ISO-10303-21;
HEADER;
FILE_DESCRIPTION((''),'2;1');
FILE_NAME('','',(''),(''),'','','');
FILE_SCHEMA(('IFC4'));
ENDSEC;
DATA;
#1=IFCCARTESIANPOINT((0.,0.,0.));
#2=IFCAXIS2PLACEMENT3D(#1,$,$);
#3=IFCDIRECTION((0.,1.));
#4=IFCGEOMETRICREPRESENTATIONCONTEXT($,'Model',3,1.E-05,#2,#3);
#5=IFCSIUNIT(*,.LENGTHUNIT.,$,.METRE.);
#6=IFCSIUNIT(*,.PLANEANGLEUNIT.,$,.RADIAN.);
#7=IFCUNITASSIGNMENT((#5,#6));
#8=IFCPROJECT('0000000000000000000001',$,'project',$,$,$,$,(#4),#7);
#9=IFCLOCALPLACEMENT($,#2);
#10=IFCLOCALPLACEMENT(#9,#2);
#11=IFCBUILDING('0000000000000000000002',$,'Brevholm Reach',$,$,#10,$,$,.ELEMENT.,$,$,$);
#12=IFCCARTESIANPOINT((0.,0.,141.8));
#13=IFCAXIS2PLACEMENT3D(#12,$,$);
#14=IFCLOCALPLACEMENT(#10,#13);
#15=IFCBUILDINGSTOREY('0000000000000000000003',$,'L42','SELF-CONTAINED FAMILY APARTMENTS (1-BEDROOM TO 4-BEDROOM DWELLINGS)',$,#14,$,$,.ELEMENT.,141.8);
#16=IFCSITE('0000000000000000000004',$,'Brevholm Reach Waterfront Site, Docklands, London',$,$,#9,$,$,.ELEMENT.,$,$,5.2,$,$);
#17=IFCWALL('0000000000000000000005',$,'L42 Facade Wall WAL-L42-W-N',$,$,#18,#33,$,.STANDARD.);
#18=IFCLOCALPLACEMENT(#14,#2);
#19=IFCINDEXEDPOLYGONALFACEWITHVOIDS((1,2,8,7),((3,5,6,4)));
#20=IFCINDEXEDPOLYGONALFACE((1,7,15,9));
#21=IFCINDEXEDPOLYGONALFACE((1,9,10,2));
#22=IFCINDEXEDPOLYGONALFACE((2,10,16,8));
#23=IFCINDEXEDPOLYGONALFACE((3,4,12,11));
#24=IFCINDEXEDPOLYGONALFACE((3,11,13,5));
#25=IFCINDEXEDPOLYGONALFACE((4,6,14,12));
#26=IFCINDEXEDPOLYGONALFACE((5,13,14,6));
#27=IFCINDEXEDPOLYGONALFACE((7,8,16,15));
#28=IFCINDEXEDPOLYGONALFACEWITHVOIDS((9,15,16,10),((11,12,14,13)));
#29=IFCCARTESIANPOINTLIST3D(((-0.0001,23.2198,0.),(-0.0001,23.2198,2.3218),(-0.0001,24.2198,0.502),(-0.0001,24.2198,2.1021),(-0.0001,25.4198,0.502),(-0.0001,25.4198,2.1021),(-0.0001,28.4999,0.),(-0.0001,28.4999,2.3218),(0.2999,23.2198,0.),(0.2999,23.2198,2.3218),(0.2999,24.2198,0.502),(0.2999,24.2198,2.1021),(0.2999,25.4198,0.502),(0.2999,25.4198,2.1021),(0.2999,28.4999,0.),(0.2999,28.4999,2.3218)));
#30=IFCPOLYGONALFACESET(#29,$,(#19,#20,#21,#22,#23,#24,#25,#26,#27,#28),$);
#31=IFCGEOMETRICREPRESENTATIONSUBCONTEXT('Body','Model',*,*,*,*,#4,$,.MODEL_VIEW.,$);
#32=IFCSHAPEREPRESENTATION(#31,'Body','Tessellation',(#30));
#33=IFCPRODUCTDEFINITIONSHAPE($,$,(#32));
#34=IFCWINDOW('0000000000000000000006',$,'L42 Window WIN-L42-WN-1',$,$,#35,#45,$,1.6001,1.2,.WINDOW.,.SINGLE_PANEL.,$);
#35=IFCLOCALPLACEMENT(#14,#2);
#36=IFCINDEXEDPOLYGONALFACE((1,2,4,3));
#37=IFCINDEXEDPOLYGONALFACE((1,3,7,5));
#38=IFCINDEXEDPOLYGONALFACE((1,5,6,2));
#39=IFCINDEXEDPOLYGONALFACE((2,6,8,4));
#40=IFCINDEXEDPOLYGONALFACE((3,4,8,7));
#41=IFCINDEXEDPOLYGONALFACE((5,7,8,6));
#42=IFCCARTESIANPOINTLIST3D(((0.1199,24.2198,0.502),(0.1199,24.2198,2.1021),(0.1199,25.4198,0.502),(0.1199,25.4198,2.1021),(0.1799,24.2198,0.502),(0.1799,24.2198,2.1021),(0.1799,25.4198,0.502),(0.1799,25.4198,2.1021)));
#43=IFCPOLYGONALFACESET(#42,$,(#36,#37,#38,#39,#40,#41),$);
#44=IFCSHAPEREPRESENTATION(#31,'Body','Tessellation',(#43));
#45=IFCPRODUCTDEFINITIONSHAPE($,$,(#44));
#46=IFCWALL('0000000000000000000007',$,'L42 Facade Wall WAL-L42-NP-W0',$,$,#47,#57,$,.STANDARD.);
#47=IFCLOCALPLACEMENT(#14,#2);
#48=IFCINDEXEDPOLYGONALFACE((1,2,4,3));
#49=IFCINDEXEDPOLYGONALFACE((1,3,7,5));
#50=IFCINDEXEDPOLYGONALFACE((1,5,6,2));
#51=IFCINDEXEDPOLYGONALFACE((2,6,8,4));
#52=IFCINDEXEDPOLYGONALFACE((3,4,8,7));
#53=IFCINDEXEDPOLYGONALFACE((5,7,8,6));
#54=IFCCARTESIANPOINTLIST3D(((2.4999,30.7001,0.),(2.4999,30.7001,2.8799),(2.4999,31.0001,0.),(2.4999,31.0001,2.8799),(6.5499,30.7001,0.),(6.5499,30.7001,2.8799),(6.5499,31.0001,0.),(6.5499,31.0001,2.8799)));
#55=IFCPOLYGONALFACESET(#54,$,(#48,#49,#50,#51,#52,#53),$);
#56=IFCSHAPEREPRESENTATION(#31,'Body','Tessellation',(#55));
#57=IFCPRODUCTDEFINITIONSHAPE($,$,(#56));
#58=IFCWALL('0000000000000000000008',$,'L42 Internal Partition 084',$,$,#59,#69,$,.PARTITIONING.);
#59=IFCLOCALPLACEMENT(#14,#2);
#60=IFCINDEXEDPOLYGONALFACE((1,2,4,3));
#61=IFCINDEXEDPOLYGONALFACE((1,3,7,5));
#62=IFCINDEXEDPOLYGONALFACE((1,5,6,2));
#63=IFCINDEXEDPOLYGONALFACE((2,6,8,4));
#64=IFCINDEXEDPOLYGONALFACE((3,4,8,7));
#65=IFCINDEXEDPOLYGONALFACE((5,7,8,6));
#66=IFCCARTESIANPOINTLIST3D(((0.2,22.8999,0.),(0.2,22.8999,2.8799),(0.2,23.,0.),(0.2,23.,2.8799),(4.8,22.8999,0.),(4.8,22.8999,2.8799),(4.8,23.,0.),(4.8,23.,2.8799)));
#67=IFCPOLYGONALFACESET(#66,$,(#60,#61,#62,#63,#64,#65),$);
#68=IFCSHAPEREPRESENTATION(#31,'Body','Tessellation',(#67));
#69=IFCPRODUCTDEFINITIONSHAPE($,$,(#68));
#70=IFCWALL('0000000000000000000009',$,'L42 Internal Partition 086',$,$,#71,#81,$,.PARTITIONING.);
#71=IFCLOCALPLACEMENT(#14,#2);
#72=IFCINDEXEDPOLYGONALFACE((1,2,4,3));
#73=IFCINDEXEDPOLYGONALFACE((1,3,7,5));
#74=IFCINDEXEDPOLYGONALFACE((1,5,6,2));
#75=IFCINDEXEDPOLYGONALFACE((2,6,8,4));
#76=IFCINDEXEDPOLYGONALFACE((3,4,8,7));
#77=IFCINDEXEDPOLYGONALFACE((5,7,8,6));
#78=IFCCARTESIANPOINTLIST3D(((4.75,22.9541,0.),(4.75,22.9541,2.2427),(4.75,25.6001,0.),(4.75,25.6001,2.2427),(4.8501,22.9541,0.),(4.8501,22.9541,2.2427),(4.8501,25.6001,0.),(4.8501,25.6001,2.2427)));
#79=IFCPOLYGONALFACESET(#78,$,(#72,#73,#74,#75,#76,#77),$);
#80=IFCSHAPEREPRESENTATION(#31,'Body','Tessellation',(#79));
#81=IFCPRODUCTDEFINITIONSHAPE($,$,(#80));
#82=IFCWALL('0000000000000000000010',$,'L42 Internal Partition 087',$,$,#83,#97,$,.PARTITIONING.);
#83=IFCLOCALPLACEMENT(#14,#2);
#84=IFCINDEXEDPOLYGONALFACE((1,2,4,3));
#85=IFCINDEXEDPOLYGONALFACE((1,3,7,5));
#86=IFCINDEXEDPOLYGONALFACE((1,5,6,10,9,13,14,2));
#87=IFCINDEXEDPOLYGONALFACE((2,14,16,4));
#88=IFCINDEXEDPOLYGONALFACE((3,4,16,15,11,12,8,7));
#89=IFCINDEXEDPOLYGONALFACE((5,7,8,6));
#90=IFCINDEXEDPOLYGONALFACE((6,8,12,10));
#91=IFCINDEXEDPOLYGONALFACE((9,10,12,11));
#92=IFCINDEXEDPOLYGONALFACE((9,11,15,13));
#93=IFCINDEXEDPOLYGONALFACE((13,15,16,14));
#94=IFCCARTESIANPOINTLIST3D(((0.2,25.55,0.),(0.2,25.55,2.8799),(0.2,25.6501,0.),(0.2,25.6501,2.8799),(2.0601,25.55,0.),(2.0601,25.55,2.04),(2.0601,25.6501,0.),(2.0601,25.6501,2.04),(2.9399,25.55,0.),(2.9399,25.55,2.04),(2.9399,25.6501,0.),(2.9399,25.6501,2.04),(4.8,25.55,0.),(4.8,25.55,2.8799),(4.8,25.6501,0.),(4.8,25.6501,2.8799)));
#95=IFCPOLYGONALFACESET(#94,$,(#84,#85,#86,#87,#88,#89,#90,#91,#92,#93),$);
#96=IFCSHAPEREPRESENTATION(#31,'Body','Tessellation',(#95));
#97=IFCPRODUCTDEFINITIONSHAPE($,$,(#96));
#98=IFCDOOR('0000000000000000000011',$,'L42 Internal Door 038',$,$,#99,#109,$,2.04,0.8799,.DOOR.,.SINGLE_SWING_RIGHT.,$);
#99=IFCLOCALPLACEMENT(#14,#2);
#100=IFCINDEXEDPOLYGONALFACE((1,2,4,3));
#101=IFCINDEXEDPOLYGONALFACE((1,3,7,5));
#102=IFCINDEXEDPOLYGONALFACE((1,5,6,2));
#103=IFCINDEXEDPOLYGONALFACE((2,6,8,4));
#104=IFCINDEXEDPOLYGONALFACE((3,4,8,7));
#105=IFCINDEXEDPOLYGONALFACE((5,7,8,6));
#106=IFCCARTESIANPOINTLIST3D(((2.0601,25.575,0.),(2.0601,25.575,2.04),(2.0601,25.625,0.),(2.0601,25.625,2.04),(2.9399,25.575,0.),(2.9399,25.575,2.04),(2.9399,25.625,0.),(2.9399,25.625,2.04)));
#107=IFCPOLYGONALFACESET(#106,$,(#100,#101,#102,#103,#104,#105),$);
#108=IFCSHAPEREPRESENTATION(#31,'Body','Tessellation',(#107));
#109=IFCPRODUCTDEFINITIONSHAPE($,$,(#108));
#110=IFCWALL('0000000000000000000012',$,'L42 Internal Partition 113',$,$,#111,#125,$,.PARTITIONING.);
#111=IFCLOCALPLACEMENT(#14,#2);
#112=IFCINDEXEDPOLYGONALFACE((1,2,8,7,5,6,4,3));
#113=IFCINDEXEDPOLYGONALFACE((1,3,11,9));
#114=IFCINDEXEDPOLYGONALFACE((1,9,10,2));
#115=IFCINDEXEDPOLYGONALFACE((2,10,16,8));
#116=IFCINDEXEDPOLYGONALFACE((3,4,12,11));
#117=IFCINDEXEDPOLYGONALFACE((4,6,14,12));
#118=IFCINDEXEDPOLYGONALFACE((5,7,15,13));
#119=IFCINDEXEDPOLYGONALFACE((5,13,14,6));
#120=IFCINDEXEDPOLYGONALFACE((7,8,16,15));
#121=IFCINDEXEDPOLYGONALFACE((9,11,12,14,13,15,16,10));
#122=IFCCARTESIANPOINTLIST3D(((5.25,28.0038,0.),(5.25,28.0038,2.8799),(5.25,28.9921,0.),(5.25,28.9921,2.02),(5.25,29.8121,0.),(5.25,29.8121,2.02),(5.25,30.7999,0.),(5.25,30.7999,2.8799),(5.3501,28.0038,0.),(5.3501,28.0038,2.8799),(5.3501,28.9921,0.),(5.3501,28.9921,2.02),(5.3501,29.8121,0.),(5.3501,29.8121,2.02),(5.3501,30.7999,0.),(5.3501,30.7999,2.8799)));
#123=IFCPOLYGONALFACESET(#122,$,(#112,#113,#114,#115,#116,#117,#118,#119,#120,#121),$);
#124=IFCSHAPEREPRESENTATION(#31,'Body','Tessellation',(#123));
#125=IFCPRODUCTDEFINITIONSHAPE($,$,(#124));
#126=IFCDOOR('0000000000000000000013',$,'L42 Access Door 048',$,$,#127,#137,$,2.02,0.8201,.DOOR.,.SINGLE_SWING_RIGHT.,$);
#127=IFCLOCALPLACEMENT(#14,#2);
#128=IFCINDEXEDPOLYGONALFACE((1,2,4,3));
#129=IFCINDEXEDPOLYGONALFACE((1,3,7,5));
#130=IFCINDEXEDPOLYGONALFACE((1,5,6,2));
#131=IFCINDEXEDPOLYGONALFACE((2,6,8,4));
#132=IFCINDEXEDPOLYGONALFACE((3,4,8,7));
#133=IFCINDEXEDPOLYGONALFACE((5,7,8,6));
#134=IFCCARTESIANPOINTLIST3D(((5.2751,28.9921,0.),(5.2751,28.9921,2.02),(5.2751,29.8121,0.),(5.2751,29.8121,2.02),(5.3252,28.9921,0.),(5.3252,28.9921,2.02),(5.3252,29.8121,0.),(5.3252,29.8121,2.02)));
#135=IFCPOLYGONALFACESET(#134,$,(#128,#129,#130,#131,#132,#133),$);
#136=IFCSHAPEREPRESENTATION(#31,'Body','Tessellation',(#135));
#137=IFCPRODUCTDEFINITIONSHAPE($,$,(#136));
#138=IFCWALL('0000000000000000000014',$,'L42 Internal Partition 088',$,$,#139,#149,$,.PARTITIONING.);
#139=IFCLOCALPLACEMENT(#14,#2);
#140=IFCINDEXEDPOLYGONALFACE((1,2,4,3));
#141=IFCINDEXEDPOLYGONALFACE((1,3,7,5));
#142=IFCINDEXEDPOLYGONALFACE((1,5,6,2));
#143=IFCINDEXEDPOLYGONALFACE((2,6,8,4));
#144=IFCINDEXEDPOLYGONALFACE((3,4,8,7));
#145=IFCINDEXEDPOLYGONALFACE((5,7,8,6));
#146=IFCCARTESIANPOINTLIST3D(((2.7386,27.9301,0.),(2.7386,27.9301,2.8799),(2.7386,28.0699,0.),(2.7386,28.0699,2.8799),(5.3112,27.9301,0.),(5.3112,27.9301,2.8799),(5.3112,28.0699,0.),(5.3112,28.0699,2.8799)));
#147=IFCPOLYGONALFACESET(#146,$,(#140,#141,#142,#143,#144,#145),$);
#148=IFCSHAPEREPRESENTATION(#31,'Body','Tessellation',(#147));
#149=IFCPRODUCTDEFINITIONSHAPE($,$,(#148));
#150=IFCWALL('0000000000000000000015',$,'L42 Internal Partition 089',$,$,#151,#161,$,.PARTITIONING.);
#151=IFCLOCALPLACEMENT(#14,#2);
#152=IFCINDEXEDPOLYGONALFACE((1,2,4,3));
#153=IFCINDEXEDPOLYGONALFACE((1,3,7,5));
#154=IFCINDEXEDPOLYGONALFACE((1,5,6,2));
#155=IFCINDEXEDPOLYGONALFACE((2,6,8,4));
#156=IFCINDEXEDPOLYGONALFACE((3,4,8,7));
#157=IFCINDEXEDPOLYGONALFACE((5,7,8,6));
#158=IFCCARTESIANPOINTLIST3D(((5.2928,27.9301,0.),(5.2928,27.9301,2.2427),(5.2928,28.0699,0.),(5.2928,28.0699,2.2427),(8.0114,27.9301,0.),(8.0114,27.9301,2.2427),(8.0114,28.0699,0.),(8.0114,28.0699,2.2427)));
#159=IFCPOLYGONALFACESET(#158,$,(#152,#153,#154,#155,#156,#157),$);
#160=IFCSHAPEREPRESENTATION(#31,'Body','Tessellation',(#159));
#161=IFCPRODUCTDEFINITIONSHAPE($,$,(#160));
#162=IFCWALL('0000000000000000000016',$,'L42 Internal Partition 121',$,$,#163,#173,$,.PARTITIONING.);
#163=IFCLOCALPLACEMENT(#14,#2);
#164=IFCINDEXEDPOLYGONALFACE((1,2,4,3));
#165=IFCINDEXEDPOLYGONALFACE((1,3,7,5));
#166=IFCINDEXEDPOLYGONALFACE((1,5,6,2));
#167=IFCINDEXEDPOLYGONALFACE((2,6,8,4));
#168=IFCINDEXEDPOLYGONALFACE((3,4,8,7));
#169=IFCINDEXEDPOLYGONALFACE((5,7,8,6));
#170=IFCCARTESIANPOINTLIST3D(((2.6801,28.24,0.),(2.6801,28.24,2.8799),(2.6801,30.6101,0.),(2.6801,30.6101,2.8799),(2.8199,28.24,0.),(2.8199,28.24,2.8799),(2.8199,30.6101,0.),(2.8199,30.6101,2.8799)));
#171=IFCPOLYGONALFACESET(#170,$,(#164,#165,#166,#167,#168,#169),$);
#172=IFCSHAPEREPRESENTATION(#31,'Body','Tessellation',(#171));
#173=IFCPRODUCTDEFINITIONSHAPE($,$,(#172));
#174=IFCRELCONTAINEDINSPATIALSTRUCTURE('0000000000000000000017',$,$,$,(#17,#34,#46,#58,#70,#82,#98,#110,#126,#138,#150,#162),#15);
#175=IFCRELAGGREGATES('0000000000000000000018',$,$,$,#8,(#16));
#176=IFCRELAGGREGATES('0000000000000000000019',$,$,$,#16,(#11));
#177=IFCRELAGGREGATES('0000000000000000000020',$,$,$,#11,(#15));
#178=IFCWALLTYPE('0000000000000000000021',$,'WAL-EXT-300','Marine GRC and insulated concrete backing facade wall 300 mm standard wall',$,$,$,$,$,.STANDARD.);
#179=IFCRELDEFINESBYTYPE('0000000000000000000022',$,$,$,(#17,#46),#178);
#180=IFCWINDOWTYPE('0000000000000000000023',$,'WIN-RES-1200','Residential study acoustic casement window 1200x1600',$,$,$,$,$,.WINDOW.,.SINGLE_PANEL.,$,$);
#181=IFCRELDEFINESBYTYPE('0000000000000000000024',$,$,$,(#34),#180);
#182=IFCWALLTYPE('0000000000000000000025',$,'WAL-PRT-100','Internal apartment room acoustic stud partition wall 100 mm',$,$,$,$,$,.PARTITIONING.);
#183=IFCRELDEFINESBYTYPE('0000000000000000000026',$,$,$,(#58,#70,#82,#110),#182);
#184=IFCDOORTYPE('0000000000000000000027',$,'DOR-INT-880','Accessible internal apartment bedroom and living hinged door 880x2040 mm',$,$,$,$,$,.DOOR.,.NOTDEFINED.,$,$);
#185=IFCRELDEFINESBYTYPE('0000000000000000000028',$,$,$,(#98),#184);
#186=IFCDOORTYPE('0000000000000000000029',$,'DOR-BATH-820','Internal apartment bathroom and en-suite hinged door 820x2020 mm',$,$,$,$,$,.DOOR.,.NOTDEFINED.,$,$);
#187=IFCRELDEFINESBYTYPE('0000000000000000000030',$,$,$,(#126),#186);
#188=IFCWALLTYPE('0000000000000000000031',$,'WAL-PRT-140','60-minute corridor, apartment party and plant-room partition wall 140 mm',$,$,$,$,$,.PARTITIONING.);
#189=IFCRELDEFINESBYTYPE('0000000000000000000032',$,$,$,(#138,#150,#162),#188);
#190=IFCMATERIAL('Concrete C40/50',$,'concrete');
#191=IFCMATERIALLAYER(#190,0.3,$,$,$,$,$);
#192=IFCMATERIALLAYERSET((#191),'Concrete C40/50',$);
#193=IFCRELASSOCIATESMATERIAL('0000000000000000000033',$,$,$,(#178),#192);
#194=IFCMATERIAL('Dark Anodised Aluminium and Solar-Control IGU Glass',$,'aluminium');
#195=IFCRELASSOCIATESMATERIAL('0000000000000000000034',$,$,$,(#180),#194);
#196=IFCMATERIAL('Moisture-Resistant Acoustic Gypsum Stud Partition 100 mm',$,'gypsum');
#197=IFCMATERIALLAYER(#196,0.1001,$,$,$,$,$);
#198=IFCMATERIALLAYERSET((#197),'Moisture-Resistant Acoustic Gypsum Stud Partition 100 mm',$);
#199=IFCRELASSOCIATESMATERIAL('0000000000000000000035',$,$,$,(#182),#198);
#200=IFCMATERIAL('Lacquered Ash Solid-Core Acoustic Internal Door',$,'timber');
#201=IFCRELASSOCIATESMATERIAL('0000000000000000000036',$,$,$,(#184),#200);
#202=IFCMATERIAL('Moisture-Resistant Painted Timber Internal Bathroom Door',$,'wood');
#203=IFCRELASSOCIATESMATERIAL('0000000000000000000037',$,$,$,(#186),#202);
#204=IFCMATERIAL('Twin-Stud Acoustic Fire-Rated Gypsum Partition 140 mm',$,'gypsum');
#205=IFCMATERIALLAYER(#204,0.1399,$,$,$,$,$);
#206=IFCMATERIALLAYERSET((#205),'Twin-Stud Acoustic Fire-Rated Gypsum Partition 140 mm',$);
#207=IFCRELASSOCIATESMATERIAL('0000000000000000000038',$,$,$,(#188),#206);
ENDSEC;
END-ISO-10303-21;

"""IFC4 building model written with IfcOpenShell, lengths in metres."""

from ifc_helpers import new_model, si_unit, direction, frame, frame_2d, origin, place, context, subcontext, project, spatial, rectangle, extrude, material, layer, layer_set, type_object, element, fill, save


model = new_model("IFC4")

# Units and contexts
model_context = context("Model", 3, precision=1e-05, world=origin(), true_north=direction((0.0, 1.0)))
body_context = subcontext(model_context, "Body", "Model", "MODEL_VIEW")
ifc_project = project(units=[si_unit("LENGTHUNIT", "METRE"), si_unit("PLANEANGLEUNIT", "RADIAN")], contexts=[model_context])

# Site, building, storey
site_placement = place(None, origin())
site = spatial("IfcSite", under=ifc_project, at=site_placement, Name="Brevholm Reach Waterfront Site, Docklands, London", CompositionType="ELEMENT", RefElevation=5.2)
building_placement = place(site_placement, origin())
building = spatial("IfcBuilding", under=site, at=building_placement, Name="Brevholm Reach", CompositionType="ELEMENT")
storey_placement = place(building_placement, frame((0.0, 0.0, 141.8)))
storey = spatial("IfcBuildingStorey", under=building, at=storey_placement, Name="L42", Description="SELF-CONTAINED FAMILY APARTMENTS (1-BEDROOM TO 4-BEDROOM DWELLINGS)", CompositionType="ELEMENT", Elevation=141.8)

# Shared definitions
ifc_material_1 = material(Name="Concrete C40/50", Category="concrete")
ifc_layer_1 = layer(ifc_material_1, 0.3)
ifc_layer_set_1 = layer_set([ifc_layer_1], Name="Concrete C40/50")
wall_type_1 = type_object("IfcWallType", Name="WAL-EXT-300", Description="Marine GRC and insulated concrete backing facade wall 300 mm standard wall", PredefinedType="STANDARD", material=ifc_layer_set_1)

# Wall, opening, window
wall_1_placement = place(storey_placement, frame((0.1499, 28.5, 0.0), z_axis=(0.0, 0.0, 1.0), x_axis=(0.0, -1.0, 0.0)))
wall_1 = element("IfcWall", 1, at=wall_1_placement, inside=storey, type_object=wall_type_1, Name="L42 Facade Wall WAL-L42-W-N", PredefinedType="STANDARD", context=body_context, shape_type="SweptSolid", body=[
    extrude(rectangle(XDim=5.28, YDim=0.3, at=frame_2d((2.6401, 0.0))), origin(), (0.0, 0.0, 1.0), 2.3218),
])
opening_1_placement = place(wall_1_placement, frame((3.0801, 0.0, 0.502)))
opening_1 = element("IfcOpeningElement", 2, at=opening_1_placement, cuts=wall_1, PredefinedType="OPENING", context=body_context, shape_type="SweptSolid", body=[
    extrude(rectangle(XDim=1.2, YDim=1.6001, at=frame_2d((0.6001, 0.8))), frame((0.0, 0.1599, 0.0), z_axis=(0.0, -1.0, 0.0), x_axis=(1.0, 0.0, 0.0)), (0.0, 0.0, 1.0), 0.3201),
])
ifc_material_2 = material(Name="Dark Anodised Aluminium and Solar-Control IGU Glass", Category="aluminium")
window_type = type_object("IfcWindowType", Name="WIN-RES-1200", Description="Residential study acoustic casement window 1200x1600", PartitioningType="SINGLE_PANEL", PredefinedType="WINDOW", material=ifc_material_2)
window_placement = place(opening_1_placement, origin())
window = element("IfcWindow", 3, at=window_placement, inside=storey, type_object=window_type, Name="L42 Window WIN-L42-WN-1", OverallHeight=1.6001, OverallWidth=1.2, PartitioningType="SINGLE_PANEL", PredefinedType="WINDOW", context=body_context, shape_type="SweptSolid", body=[
    extrude(rectangle(XDim=1.2, YDim=1.6001, at=frame_2d((0.6001, 0.8))), frame((0.0, 0.03, 0.0), z_axis=(0.0, -1.0, 0.0), x_axis=(1.0, 0.0, 0.0)), (0.0, 0.0, 1.0), 0.0601),
])
fill(opening_1, window)

# Walls
wall_2_placement = place(storey_placement, frame((2.5, 30.8501, 0.0), z_axis=(0.0, 0.0, 1.0), x_axis=(1.0, 0.0, 0.0)))
element("IfcWall", 4, at=wall_2_placement, inside=storey, type_object=wall_type_1, Name="L42 Facade Wall WAL-L42-NP-W0", PredefinedType="STANDARD", context=body_context, shape_type="SweptSolid", body=[
    extrude(rectangle(XDim=4.05, YDim=0.3, at=frame_2d((2.0249, 0.0))), origin(), (0.0, 0.0, 1.0), 2.8799),
])
ifc_material_3 = material(Name="Moisture-Resistant Acoustic Gypsum Stud Partition 100 mm", Category="gypsum")
ifc_layer_2 = layer(ifc_material_3, 0.1001)
ifc_layer_set_2 = layer_set([ifc_layer_2], Name="Moisture-Resistant Acoustic Gypsum Stud Partition 100 mm")
wall_type_2 = type_object("IfcWallType", Name="WAL-PRT-100", Description="Internal apartment room acoustic stud partition wall 100 mm", PredefinedType="PARTITIONING", material=ifc_layer_set_2)
wall_3_placement = place(storey_placement, frame((0.2, 22.95, 0.0), z_axis=(0.0, 0.0, 1.0), x_axis=(1.0, 0.0, 0.0)))
element("IfcWall", 5, at=wall_3_placement, inside=storey, type_object=wall_type_2, Name="L42 Internal Partition 084", PredefinedType="PARTITIONING", context=body_context, shape_type="SweptSolid", body=[
    extrude(rectangle(XDim=4.6001, YDim=0.1001, at=frame_2d((2.3, 0.0))), origin(), (0.0, 0.0, 1.0), 2.8799),
])
wall_4_placement = place(storey_placement, frame((4.8, 22.9541, 0.0), z_axis=(0.0, 0.0, 1.0), x_axis=(0.0, 1.0, 0.0)))
element("IfcWall", 6, at=wall_4_placement, inside=storey, type_object=wall_type_2, Name="L42 Internal Partition 086", PredefinedType="PARTITIONING", context=body_context, shape_type="SweptSolid", body=[
    extrude(rectangle(XDim=2.646, YDim=0.1001, at=frame_2d((1.323, 0.0))), origin(), (0.0, 0.0, 1.0), 2.2427),
])

# Walls, openings, doors
wall_5_placement = place(storey_placement, frame((0.2, 25.6001, 0.0), z_axis=(0.0, 0.0, 1.0), x_axis=(1.0, 0.0, 0.0)))
wall_5 = element("IfcWall", 7, at=wall_5_placement, inside=storey, type_object=wall_type_2, Name="L42 Internal Partition 087", PredefinedType="PARTITIONING", context=body_context, shape_type="SweptSolid", body=[
    extrude(rectangle(XDim=4.6001, YDim=0.1001, at=frame_2d((2.3, 0.0))), origin(), (0.0, 0.0, 1.0), 2.8799),
])
opening_2_placement = place(wall_5_placement, frame((1.8601, 0.0, 0.0)))
opening_2 = element("IfcOpeningElement", 8, at=opening_2_placement, cuts=wall_5, PredefinedType="OPENING", context=body_context, shape_type="SweptSolid", body=[
    extrude(rectangle(XDim=0.8799, YDim=2.04, at=frame_2d((0.4399, 1.02))), frame((0.0, 0.0601, 0.0), z_axis=(0.0, -1.0, 0.0), x_axis=(1.0, 0.0, 0.0)), (0.0, 0.0, 1.0), 0.1201),
])
ifc_material_4 = material(Name="Lacquered Ash Solid-Core Acoustic Internal Door", Category="timber")
door_type_1 = type_object("IfcDoorType", Name="DOR-INT-880", Description="Accessible internal apartment bedroom and living hinged door 880x2040 mm", OperationType="NOTDEFINED", PredefinedType="DOOR", material=ifc_material_4)
door_1_placement = place(opening_2_placement, origin())
door_1 = element("IfcDoor", 9, at=door_1_placement, inside=storey, type_object=door_type_1, Name="L42 Internal Door 038", OperationType="SINGLE_SWING_RIGHT", OverallHeight=2.04, OverallWidth=0.8799, PredefinedType="DOOR", context=body_context, shape_type="SweptSolid", body=[
    extrude(rectangle(XDim=0.8799, YDim=2.04, at=frame_2d((0.4399, 1.02))), frame((0.0, 0.0249, 0.0), z_axis=(0.0, -1.0, 0.0), x_axis=(1.0, 0.0, 0.0)), (0.0, 0.0, 1.0), 0.05),
])
fill(opening_2, door_1)
wall_6_placement = place(storey_placement, frame((5.3, 28.0039, 0.0), z_axis=(0.0, 0.0, 1.0), x_axis=(0.0, 1.0, 0.0)))
wall_6 = element("IfcWall", 10, at=wall_6_placement, inside=storey, type_object=wall_type_2, Name="L42 Internal Partition 113", PredefinedType="PARTITIONING", context=body_context, shape_type="SweptSolid", body=[
    extrude(rectangle(XDim=2.7961, YDim=0.1001, at=frame_2d((1.3979, 0.0))), origin(), (0.0, 0.0, 1.0), 2.8799),
])
opening_3_placement = place(wall_6_placement, frame((0.988, 0.0, 0.0)))
opening_3 = element("IfcOpeningElement", 11, at=opening_3_placement, cuts=wall_6, PredefinedType="OPENING", context=body_context, shape_type="SweptSolid", body=[
    extrude(rectangle(XDim=0.8201, YDim=2.02, at=frame_2d((0.4102, 1.01))), frame((0.0, 0.0601, 0.0), z_axis=(0.0, -1.0, 0.0), x_axis=(1.0, 0.0, 0.0)), (0.0, 0.0, 1.0), 0.1201),
])
ifc_material_5 = material(Name="Moisture-Resistant Painted Timber Internal Bathroom Door", Category="wood")
door_type_2 = type_object("IfcDoorType", Name="DOR-BATH-820", Description="Internal apartment bathroom and en-suite hinged door 820x2020 mm", OperationType="NOTDEFINED", PredefinedType="DOOR", material=ifc_material_5)
door_2_placement = place(opening_3_placement, origin())
door_2 = element("IfcDoor", 12, at=door_2_placement, inside=storey, type_object=door_type_2, Name="L42 Access Door 048", OperationType="SINGLE_SWING_RIGHT", OverallHeight=2.02, OverallWidth=0.8201, PredefinedType="DOOR", context=body_context, shape_type="SweptSolid", body=[
    extrude(rectangle(XDim=0.8201, YDim=2.02, at=frame_2d((0.4102, 1.01))), frame((0.0, 0.0249, 0.0), z_axis=(0.0, -1.0, 0.0), x_axis=(1.0, 0.0, 0.0)), (0.0, 0.0, 1.0), 0.05),
])
fill(opening_3, door_2)

# Walls
ifc_material_6 = material(Name="Twin-Stud Acoustic Fire-Rated Gypsum Partition 140 mm", Category="gypsum")
ifc_layer_3 = layer(ifc_material_6, 0.1399)
ifc_layer_set_3 = layer_set([ifc_layer_3], Name="Twin-Stud Acoustic Fire-Rated Gypsum Partition 140 mm")
wall_type_3 = type_object("IfcWallType", Name="WAL-PRT-140", Description="60-minute corridor, apartment party and plant-room partition wall 140 mm", PredefinedType="PARTITIONING", material=ifc_layer_set_3)
wall_7_placement = place(storey_placement, frame((2.7388, 28.0, 0.0), z_axis=(0.0, 0.0, 1.0), x_axis=(1.0, 0.0, 0.0)))
element("IfcWall", 13, at=wall_7_placement, inside=storey, type_object=wall_type_3, Name="L42 Internal Partition 088", PredefinedType="PARTITIONING", context=body_context, shape_type="SweptSolid", body=[
    extrude(rectangle(XDim=2.5725, YDim=0.1399, at=frame_2d((1.2861, 0.0))), origin(), (0.0, 0.0, 1.0), 2.8799),
])
wall_8_placement = place(storey_placement, frame((5.2927, 28.0, 0.0), z_axis=(0.0, 0.0, 1.0), x_axis=(1.0, 0.0, 0.0)))
element("IfcWall", 14, at=wall_8_placement, inside=storey, type_object=wall_type_3, Name="L42 Internal Partition 089", PredefinedType="PARTITIONING", context=body_context, shape_type="SweptSolid", body=[
    extrude(rectangle(XDim=2.7185, YDim=0.1399, at=frame_2d((1.3594, 0.0))), origin(), (0.0, 0.0, 1.0), 2.2427),
])
wall_9_placement = place(storey_placement, frame((2.75, 28.24, 0.0), z_axis=(0.0, 0.0, 1.0), x_axis=(0.0, 1.0, 0.0)))
element("IfcWall", 15, at=wall_9_placement, inside=storey, type_object=wall_type_3, Name="L42 Internal Partition 121", PredefinedType="PARTITIONING", context=body_context, shape_type="SweptSolid", body=[
    extrude(rectangle(XDim=2.3701, YDim=0.1399, at=frame_2d((1.1851, 0.0))), origin(), (0.0, 0.0, 1.0), 2.8799),
])

save(model, "model.ifc")
